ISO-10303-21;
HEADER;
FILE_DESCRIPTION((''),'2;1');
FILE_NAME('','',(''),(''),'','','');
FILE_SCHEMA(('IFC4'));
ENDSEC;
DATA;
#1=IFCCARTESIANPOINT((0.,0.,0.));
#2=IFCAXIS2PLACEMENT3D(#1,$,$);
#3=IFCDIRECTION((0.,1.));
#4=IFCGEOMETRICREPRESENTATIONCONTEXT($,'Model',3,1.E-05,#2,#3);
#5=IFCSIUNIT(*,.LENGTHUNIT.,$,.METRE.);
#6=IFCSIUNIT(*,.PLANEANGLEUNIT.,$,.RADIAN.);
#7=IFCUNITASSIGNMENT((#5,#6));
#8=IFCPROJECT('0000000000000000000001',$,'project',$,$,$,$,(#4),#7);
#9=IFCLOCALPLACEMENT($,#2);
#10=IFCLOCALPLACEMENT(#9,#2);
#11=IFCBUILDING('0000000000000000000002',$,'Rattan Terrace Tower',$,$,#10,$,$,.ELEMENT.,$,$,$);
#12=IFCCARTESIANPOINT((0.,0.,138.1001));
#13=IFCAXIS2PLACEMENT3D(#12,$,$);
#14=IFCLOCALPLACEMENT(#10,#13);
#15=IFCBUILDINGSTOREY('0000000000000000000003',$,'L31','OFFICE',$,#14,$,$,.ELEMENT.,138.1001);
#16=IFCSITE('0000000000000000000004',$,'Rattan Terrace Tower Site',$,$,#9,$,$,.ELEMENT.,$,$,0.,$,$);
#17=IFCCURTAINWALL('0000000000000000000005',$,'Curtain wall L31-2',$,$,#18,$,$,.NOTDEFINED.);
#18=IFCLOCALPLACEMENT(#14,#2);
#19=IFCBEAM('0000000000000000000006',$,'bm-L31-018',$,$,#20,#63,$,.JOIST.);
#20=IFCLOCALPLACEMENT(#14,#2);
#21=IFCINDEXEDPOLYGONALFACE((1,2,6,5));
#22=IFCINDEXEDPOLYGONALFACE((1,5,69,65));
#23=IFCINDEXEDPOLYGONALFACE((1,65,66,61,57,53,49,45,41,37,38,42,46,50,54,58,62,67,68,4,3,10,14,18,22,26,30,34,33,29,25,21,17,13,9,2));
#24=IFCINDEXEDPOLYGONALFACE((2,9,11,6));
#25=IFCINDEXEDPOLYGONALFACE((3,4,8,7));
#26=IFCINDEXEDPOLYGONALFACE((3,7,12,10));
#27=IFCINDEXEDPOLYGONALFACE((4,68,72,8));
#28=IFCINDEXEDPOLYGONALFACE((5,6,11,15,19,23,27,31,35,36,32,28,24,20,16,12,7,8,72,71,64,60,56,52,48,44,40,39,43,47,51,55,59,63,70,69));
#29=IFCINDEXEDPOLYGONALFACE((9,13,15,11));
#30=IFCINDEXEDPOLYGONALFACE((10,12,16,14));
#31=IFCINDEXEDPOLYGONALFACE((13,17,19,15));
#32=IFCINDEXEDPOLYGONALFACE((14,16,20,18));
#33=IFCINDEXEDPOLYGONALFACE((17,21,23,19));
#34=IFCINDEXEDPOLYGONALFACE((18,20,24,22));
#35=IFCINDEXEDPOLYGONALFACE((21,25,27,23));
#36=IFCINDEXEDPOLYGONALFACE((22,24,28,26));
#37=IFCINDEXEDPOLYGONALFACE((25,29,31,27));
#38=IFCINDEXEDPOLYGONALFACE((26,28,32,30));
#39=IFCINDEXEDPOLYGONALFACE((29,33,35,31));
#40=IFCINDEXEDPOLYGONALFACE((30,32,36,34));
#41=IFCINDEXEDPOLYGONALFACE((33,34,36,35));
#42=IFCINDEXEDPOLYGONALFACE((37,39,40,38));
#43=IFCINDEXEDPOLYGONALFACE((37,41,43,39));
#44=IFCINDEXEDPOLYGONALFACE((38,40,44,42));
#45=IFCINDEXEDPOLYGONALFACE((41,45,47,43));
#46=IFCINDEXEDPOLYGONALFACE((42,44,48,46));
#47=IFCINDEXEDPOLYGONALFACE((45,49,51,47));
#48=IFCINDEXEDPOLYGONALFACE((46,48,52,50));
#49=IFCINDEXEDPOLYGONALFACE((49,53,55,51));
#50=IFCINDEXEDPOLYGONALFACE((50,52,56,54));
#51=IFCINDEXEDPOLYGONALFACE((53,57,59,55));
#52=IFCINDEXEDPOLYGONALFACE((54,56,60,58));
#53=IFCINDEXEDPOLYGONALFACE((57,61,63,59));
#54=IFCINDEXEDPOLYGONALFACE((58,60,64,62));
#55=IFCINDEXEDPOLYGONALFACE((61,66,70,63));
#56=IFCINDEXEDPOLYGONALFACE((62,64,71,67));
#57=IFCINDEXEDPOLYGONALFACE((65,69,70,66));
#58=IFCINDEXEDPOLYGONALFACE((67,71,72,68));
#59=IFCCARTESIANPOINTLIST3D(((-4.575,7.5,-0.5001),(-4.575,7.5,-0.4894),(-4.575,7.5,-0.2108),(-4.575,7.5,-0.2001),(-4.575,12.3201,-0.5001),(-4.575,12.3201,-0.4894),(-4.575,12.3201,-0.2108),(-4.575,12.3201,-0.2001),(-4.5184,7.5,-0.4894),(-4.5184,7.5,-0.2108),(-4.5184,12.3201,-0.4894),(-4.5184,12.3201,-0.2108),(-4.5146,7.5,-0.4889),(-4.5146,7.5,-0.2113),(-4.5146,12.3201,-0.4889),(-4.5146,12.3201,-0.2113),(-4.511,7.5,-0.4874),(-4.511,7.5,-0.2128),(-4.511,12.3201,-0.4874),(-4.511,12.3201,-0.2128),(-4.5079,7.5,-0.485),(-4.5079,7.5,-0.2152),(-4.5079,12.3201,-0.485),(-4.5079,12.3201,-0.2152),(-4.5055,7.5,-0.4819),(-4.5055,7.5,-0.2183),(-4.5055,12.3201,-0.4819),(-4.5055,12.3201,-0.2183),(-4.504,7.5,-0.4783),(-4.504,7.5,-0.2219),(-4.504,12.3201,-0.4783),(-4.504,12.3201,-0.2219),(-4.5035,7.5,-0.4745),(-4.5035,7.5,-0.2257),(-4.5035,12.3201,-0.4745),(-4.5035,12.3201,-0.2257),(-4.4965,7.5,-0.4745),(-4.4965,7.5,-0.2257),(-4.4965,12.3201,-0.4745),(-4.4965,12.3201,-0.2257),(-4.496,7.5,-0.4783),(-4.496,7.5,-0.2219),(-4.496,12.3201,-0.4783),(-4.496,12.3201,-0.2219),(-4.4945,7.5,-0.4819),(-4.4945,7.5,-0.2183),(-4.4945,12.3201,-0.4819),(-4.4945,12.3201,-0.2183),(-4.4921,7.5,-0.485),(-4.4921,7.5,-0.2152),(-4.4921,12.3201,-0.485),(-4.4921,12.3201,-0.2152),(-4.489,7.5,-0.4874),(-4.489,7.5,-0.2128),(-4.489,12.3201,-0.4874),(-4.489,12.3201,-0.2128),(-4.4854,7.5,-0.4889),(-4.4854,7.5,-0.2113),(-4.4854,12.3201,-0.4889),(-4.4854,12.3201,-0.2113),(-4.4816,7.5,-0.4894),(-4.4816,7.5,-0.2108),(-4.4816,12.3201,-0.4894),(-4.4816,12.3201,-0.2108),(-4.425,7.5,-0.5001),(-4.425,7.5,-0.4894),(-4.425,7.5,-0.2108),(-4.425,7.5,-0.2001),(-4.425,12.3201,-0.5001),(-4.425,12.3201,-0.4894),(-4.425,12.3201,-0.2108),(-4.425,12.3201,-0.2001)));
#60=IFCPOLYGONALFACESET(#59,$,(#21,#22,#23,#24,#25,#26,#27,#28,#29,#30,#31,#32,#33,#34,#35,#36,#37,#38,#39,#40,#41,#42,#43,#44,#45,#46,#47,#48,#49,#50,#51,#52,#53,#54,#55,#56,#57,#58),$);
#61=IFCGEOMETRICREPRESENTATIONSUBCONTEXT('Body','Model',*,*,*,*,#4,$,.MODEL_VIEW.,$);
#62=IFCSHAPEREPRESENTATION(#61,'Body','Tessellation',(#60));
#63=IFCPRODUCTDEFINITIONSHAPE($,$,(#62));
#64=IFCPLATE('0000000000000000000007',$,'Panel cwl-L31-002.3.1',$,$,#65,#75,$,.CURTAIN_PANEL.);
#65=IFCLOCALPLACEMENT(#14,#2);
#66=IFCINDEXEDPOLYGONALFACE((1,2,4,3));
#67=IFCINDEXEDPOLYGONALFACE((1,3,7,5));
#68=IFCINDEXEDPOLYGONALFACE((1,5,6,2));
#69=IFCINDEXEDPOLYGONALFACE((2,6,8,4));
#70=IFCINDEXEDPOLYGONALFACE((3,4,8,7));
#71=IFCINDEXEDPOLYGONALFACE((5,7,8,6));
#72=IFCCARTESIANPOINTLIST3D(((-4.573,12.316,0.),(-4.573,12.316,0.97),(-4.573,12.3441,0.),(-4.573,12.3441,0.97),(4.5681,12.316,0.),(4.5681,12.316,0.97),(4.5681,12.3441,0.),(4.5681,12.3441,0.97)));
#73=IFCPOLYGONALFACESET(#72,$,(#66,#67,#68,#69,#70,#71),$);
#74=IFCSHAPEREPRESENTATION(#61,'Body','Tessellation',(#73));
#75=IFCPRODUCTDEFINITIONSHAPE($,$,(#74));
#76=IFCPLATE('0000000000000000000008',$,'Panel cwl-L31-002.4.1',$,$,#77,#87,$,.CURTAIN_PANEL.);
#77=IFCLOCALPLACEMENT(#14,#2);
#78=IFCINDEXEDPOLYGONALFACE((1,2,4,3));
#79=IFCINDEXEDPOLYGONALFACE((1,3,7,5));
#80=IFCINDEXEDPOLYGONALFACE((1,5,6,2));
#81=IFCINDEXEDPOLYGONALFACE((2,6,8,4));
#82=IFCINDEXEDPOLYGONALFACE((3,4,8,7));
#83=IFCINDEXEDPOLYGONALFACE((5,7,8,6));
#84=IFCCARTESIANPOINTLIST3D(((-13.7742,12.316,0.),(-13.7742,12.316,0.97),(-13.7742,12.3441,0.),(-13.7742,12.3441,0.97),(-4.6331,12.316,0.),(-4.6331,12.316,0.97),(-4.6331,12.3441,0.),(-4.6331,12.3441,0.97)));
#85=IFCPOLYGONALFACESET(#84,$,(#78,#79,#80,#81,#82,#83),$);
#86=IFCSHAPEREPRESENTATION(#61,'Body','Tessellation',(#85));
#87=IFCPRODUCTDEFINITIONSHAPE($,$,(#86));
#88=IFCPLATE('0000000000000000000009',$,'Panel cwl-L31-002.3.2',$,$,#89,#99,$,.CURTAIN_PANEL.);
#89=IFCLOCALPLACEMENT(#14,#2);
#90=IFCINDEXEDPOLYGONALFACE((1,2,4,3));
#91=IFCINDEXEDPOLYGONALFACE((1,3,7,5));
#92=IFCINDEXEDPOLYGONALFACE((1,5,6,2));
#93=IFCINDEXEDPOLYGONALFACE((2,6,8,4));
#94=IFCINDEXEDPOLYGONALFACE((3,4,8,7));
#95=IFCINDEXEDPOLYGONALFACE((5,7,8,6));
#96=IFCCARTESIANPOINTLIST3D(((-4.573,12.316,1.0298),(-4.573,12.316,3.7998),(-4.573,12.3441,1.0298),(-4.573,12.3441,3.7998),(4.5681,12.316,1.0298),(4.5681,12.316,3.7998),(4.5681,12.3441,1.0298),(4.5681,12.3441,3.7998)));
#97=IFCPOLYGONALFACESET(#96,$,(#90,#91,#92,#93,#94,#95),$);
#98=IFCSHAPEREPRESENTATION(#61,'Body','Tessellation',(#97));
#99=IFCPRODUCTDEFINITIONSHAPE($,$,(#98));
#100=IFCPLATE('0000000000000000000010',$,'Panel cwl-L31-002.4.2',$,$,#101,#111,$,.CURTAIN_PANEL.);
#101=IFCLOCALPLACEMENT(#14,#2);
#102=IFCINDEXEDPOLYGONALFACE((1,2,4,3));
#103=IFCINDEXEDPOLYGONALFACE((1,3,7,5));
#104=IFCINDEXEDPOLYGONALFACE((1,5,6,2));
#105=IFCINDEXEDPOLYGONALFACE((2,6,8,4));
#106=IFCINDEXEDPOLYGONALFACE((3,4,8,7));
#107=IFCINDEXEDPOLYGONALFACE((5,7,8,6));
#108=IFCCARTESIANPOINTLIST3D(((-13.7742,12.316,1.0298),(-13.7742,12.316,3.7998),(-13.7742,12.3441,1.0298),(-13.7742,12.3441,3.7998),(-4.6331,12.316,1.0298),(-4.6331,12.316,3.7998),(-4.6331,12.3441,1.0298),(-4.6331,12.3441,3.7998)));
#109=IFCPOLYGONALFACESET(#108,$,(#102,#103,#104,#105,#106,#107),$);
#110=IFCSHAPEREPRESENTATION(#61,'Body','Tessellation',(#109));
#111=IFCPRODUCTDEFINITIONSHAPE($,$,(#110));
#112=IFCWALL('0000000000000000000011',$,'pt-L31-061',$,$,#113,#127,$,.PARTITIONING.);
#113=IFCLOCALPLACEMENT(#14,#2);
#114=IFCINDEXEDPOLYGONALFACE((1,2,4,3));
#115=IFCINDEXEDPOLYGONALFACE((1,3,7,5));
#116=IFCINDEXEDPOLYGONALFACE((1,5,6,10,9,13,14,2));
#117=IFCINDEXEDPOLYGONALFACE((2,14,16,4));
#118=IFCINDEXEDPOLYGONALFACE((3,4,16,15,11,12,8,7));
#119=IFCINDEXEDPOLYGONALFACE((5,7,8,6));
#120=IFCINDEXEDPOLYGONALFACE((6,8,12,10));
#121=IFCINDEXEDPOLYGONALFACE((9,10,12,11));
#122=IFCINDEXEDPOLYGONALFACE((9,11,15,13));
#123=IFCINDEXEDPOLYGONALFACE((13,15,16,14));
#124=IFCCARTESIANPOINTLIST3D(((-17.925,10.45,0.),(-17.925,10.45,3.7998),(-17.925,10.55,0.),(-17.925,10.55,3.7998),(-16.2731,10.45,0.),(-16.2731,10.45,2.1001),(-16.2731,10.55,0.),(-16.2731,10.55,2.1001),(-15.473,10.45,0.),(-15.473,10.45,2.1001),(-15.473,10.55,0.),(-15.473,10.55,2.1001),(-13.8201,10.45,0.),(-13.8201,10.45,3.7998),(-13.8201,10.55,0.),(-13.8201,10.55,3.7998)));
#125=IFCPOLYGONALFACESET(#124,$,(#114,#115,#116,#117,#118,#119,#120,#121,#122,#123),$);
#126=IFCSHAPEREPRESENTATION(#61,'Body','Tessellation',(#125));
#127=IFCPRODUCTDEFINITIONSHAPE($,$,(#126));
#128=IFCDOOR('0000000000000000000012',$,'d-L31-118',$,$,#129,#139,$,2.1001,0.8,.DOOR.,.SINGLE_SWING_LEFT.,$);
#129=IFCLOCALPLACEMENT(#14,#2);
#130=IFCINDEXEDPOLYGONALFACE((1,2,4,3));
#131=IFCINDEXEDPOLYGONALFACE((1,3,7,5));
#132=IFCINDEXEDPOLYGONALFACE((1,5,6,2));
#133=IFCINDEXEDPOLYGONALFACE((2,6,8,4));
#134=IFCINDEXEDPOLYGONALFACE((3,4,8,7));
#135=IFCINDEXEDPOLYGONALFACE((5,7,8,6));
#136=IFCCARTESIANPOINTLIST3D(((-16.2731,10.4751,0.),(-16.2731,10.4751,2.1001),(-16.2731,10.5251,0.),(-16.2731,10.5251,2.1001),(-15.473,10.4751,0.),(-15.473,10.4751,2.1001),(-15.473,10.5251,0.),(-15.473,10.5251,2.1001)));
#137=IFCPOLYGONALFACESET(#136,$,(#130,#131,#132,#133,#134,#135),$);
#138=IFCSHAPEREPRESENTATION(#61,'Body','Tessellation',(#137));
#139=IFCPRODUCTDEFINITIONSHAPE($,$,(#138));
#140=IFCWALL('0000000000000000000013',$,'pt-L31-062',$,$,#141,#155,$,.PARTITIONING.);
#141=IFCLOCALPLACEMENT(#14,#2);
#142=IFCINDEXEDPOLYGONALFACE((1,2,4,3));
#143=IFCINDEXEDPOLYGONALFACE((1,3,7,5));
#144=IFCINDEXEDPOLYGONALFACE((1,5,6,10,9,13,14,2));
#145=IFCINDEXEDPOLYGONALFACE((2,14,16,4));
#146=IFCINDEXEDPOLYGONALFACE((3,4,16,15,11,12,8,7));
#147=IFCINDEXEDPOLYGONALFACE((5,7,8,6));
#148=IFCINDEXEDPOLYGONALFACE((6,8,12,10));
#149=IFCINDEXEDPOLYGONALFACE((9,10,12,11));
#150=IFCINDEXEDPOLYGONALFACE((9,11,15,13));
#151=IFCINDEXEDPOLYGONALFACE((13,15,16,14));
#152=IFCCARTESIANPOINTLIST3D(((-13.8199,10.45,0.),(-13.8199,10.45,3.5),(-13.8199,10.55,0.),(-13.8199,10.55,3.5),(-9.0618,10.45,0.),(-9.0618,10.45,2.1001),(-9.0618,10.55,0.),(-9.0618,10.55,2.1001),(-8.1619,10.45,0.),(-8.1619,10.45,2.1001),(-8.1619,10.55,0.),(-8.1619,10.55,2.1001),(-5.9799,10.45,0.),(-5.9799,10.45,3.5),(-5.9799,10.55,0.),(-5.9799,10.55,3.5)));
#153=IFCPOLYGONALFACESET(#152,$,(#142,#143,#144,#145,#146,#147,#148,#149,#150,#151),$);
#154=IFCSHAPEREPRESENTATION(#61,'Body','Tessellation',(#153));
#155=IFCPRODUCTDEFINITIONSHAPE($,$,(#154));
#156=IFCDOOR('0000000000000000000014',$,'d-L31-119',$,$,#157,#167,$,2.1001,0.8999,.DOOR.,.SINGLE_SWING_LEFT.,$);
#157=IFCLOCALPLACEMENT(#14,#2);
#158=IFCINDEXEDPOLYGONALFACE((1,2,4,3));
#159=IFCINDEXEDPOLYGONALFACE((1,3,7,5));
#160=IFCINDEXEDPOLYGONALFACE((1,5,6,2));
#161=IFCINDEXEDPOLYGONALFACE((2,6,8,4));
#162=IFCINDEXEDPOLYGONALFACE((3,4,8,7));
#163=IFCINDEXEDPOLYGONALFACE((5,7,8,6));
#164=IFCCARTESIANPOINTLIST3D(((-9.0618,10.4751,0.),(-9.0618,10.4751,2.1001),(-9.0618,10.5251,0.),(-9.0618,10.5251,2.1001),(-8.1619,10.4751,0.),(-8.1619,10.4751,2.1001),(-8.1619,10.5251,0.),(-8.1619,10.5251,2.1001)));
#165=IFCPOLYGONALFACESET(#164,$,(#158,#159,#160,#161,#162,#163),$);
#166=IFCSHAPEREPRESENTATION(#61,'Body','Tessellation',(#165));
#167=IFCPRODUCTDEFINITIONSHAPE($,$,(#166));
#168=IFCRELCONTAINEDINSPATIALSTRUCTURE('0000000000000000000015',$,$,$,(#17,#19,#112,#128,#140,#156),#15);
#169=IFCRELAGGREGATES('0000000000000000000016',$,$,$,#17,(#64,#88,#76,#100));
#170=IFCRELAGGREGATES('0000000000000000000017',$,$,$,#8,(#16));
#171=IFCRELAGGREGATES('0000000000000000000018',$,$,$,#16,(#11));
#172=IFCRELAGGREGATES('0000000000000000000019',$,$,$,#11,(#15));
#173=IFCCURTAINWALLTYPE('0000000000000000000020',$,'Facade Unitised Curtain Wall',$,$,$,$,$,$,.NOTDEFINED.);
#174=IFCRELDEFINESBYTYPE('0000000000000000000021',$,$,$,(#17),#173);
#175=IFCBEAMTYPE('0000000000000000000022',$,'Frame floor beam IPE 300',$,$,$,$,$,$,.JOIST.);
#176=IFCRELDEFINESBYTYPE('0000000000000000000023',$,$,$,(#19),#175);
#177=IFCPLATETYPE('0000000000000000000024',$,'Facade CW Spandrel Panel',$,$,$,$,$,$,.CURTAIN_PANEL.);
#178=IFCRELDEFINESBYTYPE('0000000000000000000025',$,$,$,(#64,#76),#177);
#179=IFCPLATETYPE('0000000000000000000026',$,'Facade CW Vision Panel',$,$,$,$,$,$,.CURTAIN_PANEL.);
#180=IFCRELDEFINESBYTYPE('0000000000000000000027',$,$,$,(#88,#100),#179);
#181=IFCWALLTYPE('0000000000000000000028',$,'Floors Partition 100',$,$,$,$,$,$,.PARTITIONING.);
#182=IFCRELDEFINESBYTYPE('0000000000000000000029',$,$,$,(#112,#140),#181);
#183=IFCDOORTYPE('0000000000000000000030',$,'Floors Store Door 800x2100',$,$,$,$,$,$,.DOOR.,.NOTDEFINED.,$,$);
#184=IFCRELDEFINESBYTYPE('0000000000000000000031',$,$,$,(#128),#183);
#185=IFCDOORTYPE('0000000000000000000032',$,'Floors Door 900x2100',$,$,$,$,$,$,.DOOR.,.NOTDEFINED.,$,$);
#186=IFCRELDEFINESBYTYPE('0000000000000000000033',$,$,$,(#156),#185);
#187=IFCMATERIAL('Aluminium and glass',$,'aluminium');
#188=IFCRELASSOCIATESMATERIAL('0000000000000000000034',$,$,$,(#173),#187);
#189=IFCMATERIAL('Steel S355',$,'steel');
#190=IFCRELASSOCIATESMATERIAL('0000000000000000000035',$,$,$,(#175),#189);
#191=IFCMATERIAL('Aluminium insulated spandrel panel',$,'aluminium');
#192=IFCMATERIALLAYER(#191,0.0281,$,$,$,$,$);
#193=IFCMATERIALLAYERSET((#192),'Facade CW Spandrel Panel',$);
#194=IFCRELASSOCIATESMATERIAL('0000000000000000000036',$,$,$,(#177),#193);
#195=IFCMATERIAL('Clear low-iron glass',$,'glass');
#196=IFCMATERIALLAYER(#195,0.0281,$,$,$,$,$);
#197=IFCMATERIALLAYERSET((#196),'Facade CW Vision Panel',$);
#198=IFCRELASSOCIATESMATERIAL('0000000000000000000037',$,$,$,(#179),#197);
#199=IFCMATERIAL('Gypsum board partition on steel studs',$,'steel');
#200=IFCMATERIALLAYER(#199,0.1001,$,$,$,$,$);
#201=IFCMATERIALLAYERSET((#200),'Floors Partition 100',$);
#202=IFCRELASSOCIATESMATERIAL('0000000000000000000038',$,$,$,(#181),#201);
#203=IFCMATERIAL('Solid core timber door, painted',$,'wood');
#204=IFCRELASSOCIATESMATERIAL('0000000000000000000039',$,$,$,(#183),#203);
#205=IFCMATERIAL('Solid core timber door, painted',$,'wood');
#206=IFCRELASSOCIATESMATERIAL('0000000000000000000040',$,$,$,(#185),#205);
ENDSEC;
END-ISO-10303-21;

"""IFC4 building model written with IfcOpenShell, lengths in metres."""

from ifc_helpers import new_model, si_unit, direction, frame, frame_2d, origin, origin_2d, place, context, subcontext, project, spatial, rectangle, i_section, extrude, material, layer, layer_set, material_profile, profile_set, type_object, element, fill, aggregate, save


model = new_model("IFC4")

# Units and contexts
model_context = context("Model", 3, precision=1e-05, world=origin(), true_north=direction((0.0, 1.0)))
body_context = subcontext(model_context, "Body", "Model", "MODEL_VIEW")
ifc_project = project(units=[si_unit("LENGTHUNIT", "METRE"), si_unit("PLANEANGLEUNIT", "RADIAN")], contexts=[model_context])

# Site, building, storey
site_placement = place(None, origin())
site = spatial("IfcSite", under=ifc_project, at=site_placement, Name="Rattan Terrace Tower Site", CompositionType="ELEMENT", RefElevation=0.0)
building_placement = place(site_placement, origin())
building = spatial("IfcBuilding", under=site, at=building_placement, Name="Rattan Terrace Tower", CompositionType="ELEMENT")
storey_placement = place(building_placement, frame((0.0, 0.0, 138.1001)))
storey = spatial("IfcBuildingStorey", under=building, at=storey_placement, Name="L31", Description="OFFICE", CompositionType="ELEMENT", Elevation=138.1001)

# Curtain wall
ifc_material_1 = material(Name="Aluminium and glass", Category="aluminium")
curtain_wall_type = type_object("IfcCurtainWallType", Name="Facade Unitised Curtain Wall", PredefinedType="NOTDEFINED", material=ifc_material_1)
curtain_wall_placement = place(storey_placement, origin())
curtain_wall = element("IfcCurtainWall", 1, at=curtain_wall_placement, inside=storey, type_object=curtain_wall_type, Name="Curtain wall L31-2", PredefinedType="NOTDEFINED")

# Beam
ifc_material_2 = material(Name="Steel S355", Category="steel")
ifc_material_profile_1 = material_profile(ifc_material_2, i_section(OverallWidth=0.1499, OverallDepth=0.3, WebThickness=0.0071, FlangeThickness=0.0107, FilletRadius=0.0149, at=origin_2d()), Name="IPE 300")
ifc_profile_set_1 = profile_set([ifc_material_profile_1], Name="Steel S355")
beam_type = type_object("IfcBeamType", Name="Frame floor beam IPE 300", PredefinedType="JOIST", material=ifc_profile_set_1)
for number, where, z_axis, x_axis, name in (
    (2, (-4.5, 7.5, -0.3501), (0.0, 1.0, 0.0), (-1.0, 0.0, 0.0), "bm-L31-018"),
):
    element("IfcBeam", number, at=place(storey_placement, frame(where, z_axis=z_axis, x_axis=x_axis)), inside=storey, type_object=beam_type, Name=name, PredefinedType="JOIST", context=body_context, shape_type="SweptSolid", body=[
        extrude(i_section(OverallWidth=0.1499, OverallDepth=0.3, WebThickness=0.0071, FlangeThickness=0.0107, FilletRadius=0.0149, at=origin_2d()), origin(), (0.0, 0.0, 1.0), 4.8201),
    ])

# Plates
ifc_material_3 = material(Name="Aluminium insulated spandrel panel", Category="aluminium")
ifc_layer_1 = layer(ifc_material_3, 0.0281)
ifc_layer_set_1 = layer_set([ifc_layer_1], Name="Facade CW Spandrel Panel")
plate_type_1 = type_object("IfcPlateType", Name="Facade CW Spandrel Panel", PredefinedType="CURTAIN_PANEL", material=ifc_layer_set_1)
plate_1_placement = place(storey_placement, frame((-0.0024, 12.3301, 0.0), z_axis=(0.0, 0.0, 1.0), x_axis=(-1.0, 0.0, 0.0)))
plate_1 = element("IfcPlate", 3, at=plate_1_placement, type_object=plate_type_1, Name="Panel cwl-L31-002.3.1", PredefinedType="CURTAIN_PANEL", context=body_context, shape_type="SweptSolid", body=[
    extrude(rectangle(XDim=9.1411, YDim=0.0281, at=origin_2d()), origin(), (0.0, 0.0, 1.0), 0.97),
])
plate_2_placement = place(storey_placement, frame((-9.2036, 12.3301, 0.0), z_axis=(0.0, 0.0, 1.0), x_axis=(-1.0, 0.0, 0.0)))
plate_2 = element("IfcPlate", 4, at=plate_2_placement, type_object=plate_type_1, Name="Panel cwl-L31-002.4.1", PredefinedType="CURTAIN_PANEL", context=body_context, shape_type="SweptSolid", body=[
    extrude(rectangle(XDim=9.1411, YDim=0.0281, at=origin_2d()), origin(), (0.0, 0.0, 1.0), 0.97),
])
ifc_material_4 = material(Name="Clear low-iron glass", Category="glass")
ifc_layer_2 = layer(ifc_material_4, 0.0281)
ifc_layer_set_2 = layer_set([ifc_layer_2], Name="Facade CW Vision Panel")
plate_type_2 = type_object("IfcPlateType", Name="Facade CW Vision Panel", PredefinedType="CURTAIN_PANEL", material=ifc_layer_set_2)
plate_3_placement = place(storey_placement, frame((-0.0024, 12.3301, 1.0298), z_axis=(0.0, 0.0, 1.0), x_axis=(-1.0, 0.0, 0.0)))
plate_3 = element("IfcPlate", 5, at=plate_3_placement, type_object=plate_type_2, Name="Panel cwl-L31-002.3.2", PredefinedType="CURTAIN_PANEL", context=body_context, shape_type="SweptSolid", body=[
    extrude(rectangle(XDim=9.1411, YDim=0.0281, at=origin_2d()), origin(), (0.0, 0.0, 1.0), 2.77),
])
plate_4_placement = place(storey_placement, frame((-9.2036, 12.3301, 1.0298), z_axis=(0.0, 0.0, 1.0), x_axis=(-1.0, 0.0, 0.0)))
plate_4 = element("IfcPlate", 6, at=plate_4_placement, type_object=plate_type_2, Name="Panel cwl-L31-002.4.2", PredefinedType="CURTAIN_PANEL", context=body_context, shape_type="SweptSolid", body=[
    extrude(rectangle(XDim=9.1411, YDim=0.0281, at=origin_2d()), origin(), (0.0, 0.0, 1.0), 2.77),
])
aggregate(curtain_wall, [plate_1, plate_3, plate_2, plate_4])

# Walls, openings, doors
ifc_material_5 = material(Name="Gypsum board partition on steel studs", Category="steel")
ifc_layer_3 = layer(ifc_material_5, 0.1001)
ifc_layer_set_3 = layer_set([ifc_layer_3], Name="Floors Partition 100")
wall_type_1 = type_object("IfcWallType", Name="Floors Partition 100", PredefinedType="PARTITIONING", material=ifc_layer_set_3)
wall_1_placement = place(storey_placement, frame((-13.8201, 10.5, 0.0), z_axis=(0.0, 0.0, 1.0), x_axis=(-1.0, 0.0, 0.0)))
wall_1 = element("IfcWall", 7, at=wall_1_placement, inside=storey, type_object=wall_type_1, Name="pt-L31-061", PredefinedType="PARTITIONING", context=body_context, shape_type="SweptSolid", body=[
    extrude(rectangle(XDim=4.105, YDim=0.1001, at=frame_2d((2.0525, 0.0))), origin(), (0.0, 0.0, 1.0), 3.7998),
])
opening_1_placement = place(wall_1_placement, frame((1.6531, 0.0, 0.0)))
opening_1 = element("IfcOpeningElement", 8, at=opening_1_placement, cuts=wall_1, PredefinedType="OPENING", context=body_context, shape_type="SweptSolid", body=[
    extrude(rectangle(XDim=0.8, YDim=2.1001, at=frame_2d((0.3999, 1.05))), frame((0.0, 0.0605, 0.0), z_axis=(0.0, -1.0, 0.0), x_axis=(1.0, 0.0, 0.0)), (0.0, 0.0, 1.0), 0.1211),
])
ifc_material_6 = material(Name="Solid core timber door, painted", Category="wood")
door_type_1 = type_object("IfcDoorType", Name="Floors Store Door 800x2100", OperationType="NOTDEFINED", PredefinedType="DOOR", material=ifc_material_6)
door_1_placement = place(opening_1_placement, origin())
door_1 = element("IfcDoor", 9, at=door_1_placement, inside=storey, type_object=door_type_1, Name="d-L31-118", OperationType="SINGLE_SWING_LEFT", OverallHeight=2.1001, OverallWidth=0.8, PredefinedType="DOOR", context=body_context, shape_type="SweptSolid", body=[
    extrude(rectangle(XDim=0.8, YDim=2.1001, at=frame_2d((0.3999, 1.05))), frame((0.0, 0.0249, 0.0), z_axis=(0.0, -1.0, 0.0), x_axis=(1.0, 0.0, 0.0)), (0.0, 0.0, 1.0), 0.05),
])
fill(opening_1, door_1)
wall_2_placement = place(storey_placement, frame((-5.98, 10.5, 0.0), z_axis=(0.0, 0.0, 1.0), x_axis=(-1.0, 0.0, 0.0)))
wall_2 = element("IfcWall", 10, at=wall_2_placement, inside=storey, type_object=wall_type_1, Name="pt-L31-062", PredefinedType="PARTITIONING", context=body_context, shape_type="SweptSolid", body=[
    extrude(rectangle(XDim=7.8401, YDim=0.1001, at=frame_2d((3.9199, 0.0))), origin(), (0.0, 0.0, 1.0), 3.5),
])
opening_2_placement = place(wall_2_placement, frame((2.1819, 0.0, 0.0)))
opening_2 = element("IfcOpeningElement", 11, at=opening_2_placement, cuts=wall_2, PredefinedType="OPENING", context=body_context, shape_type="SweptSolid", body=[
    extrude(rectangle(XDim=0.8999, YDim=2.1001, at=frame_2d((0.45, 1.05))), frame((0.0, 0.0605, 0.0), z_axis=(0.0, -1.0, 0.0), x_axis=(1.0, 0.0, 0.0)), (0.0, 0.0, 1.0), 0.1211),
])
ifc_material_7 = material(Name="Solid core timber door, painted", Category="wood")
door_type_2 = type_object("IfcDoorType", Name="Floors Door 900x2100", OperationType="NOTDEFINED", PredefinedType="DOOR", material=ifc_material_7)
door_2_placement = place(opening_2_placement, origin())
door_2 = element("IfcDoor", 12, at=door_2_placement, inside=storey, type_object=door_type_2, Name="d-L31-119", OperationType="SINGLE_SWING_LEFT", OverallHeight=2.1001, OverallWidth=0.8999, PredefinedType="DOOR", context=body_context, shape_type="SweptSolid", body=[
    extrude(rectangle(XDim=0.8999, YDim=2.1001, at=frame_2d((0.45, 1.05))), frame((0.0, 0.0249, 0.0), z_axis=(0.0, -1.0, 0.0), x_axis=(1.0, 0.0, 0.0)), (0.0, 0.0, 1.0), 0.05),
])
fill(opening_2, door_2)

save(model, "model.ifc")
